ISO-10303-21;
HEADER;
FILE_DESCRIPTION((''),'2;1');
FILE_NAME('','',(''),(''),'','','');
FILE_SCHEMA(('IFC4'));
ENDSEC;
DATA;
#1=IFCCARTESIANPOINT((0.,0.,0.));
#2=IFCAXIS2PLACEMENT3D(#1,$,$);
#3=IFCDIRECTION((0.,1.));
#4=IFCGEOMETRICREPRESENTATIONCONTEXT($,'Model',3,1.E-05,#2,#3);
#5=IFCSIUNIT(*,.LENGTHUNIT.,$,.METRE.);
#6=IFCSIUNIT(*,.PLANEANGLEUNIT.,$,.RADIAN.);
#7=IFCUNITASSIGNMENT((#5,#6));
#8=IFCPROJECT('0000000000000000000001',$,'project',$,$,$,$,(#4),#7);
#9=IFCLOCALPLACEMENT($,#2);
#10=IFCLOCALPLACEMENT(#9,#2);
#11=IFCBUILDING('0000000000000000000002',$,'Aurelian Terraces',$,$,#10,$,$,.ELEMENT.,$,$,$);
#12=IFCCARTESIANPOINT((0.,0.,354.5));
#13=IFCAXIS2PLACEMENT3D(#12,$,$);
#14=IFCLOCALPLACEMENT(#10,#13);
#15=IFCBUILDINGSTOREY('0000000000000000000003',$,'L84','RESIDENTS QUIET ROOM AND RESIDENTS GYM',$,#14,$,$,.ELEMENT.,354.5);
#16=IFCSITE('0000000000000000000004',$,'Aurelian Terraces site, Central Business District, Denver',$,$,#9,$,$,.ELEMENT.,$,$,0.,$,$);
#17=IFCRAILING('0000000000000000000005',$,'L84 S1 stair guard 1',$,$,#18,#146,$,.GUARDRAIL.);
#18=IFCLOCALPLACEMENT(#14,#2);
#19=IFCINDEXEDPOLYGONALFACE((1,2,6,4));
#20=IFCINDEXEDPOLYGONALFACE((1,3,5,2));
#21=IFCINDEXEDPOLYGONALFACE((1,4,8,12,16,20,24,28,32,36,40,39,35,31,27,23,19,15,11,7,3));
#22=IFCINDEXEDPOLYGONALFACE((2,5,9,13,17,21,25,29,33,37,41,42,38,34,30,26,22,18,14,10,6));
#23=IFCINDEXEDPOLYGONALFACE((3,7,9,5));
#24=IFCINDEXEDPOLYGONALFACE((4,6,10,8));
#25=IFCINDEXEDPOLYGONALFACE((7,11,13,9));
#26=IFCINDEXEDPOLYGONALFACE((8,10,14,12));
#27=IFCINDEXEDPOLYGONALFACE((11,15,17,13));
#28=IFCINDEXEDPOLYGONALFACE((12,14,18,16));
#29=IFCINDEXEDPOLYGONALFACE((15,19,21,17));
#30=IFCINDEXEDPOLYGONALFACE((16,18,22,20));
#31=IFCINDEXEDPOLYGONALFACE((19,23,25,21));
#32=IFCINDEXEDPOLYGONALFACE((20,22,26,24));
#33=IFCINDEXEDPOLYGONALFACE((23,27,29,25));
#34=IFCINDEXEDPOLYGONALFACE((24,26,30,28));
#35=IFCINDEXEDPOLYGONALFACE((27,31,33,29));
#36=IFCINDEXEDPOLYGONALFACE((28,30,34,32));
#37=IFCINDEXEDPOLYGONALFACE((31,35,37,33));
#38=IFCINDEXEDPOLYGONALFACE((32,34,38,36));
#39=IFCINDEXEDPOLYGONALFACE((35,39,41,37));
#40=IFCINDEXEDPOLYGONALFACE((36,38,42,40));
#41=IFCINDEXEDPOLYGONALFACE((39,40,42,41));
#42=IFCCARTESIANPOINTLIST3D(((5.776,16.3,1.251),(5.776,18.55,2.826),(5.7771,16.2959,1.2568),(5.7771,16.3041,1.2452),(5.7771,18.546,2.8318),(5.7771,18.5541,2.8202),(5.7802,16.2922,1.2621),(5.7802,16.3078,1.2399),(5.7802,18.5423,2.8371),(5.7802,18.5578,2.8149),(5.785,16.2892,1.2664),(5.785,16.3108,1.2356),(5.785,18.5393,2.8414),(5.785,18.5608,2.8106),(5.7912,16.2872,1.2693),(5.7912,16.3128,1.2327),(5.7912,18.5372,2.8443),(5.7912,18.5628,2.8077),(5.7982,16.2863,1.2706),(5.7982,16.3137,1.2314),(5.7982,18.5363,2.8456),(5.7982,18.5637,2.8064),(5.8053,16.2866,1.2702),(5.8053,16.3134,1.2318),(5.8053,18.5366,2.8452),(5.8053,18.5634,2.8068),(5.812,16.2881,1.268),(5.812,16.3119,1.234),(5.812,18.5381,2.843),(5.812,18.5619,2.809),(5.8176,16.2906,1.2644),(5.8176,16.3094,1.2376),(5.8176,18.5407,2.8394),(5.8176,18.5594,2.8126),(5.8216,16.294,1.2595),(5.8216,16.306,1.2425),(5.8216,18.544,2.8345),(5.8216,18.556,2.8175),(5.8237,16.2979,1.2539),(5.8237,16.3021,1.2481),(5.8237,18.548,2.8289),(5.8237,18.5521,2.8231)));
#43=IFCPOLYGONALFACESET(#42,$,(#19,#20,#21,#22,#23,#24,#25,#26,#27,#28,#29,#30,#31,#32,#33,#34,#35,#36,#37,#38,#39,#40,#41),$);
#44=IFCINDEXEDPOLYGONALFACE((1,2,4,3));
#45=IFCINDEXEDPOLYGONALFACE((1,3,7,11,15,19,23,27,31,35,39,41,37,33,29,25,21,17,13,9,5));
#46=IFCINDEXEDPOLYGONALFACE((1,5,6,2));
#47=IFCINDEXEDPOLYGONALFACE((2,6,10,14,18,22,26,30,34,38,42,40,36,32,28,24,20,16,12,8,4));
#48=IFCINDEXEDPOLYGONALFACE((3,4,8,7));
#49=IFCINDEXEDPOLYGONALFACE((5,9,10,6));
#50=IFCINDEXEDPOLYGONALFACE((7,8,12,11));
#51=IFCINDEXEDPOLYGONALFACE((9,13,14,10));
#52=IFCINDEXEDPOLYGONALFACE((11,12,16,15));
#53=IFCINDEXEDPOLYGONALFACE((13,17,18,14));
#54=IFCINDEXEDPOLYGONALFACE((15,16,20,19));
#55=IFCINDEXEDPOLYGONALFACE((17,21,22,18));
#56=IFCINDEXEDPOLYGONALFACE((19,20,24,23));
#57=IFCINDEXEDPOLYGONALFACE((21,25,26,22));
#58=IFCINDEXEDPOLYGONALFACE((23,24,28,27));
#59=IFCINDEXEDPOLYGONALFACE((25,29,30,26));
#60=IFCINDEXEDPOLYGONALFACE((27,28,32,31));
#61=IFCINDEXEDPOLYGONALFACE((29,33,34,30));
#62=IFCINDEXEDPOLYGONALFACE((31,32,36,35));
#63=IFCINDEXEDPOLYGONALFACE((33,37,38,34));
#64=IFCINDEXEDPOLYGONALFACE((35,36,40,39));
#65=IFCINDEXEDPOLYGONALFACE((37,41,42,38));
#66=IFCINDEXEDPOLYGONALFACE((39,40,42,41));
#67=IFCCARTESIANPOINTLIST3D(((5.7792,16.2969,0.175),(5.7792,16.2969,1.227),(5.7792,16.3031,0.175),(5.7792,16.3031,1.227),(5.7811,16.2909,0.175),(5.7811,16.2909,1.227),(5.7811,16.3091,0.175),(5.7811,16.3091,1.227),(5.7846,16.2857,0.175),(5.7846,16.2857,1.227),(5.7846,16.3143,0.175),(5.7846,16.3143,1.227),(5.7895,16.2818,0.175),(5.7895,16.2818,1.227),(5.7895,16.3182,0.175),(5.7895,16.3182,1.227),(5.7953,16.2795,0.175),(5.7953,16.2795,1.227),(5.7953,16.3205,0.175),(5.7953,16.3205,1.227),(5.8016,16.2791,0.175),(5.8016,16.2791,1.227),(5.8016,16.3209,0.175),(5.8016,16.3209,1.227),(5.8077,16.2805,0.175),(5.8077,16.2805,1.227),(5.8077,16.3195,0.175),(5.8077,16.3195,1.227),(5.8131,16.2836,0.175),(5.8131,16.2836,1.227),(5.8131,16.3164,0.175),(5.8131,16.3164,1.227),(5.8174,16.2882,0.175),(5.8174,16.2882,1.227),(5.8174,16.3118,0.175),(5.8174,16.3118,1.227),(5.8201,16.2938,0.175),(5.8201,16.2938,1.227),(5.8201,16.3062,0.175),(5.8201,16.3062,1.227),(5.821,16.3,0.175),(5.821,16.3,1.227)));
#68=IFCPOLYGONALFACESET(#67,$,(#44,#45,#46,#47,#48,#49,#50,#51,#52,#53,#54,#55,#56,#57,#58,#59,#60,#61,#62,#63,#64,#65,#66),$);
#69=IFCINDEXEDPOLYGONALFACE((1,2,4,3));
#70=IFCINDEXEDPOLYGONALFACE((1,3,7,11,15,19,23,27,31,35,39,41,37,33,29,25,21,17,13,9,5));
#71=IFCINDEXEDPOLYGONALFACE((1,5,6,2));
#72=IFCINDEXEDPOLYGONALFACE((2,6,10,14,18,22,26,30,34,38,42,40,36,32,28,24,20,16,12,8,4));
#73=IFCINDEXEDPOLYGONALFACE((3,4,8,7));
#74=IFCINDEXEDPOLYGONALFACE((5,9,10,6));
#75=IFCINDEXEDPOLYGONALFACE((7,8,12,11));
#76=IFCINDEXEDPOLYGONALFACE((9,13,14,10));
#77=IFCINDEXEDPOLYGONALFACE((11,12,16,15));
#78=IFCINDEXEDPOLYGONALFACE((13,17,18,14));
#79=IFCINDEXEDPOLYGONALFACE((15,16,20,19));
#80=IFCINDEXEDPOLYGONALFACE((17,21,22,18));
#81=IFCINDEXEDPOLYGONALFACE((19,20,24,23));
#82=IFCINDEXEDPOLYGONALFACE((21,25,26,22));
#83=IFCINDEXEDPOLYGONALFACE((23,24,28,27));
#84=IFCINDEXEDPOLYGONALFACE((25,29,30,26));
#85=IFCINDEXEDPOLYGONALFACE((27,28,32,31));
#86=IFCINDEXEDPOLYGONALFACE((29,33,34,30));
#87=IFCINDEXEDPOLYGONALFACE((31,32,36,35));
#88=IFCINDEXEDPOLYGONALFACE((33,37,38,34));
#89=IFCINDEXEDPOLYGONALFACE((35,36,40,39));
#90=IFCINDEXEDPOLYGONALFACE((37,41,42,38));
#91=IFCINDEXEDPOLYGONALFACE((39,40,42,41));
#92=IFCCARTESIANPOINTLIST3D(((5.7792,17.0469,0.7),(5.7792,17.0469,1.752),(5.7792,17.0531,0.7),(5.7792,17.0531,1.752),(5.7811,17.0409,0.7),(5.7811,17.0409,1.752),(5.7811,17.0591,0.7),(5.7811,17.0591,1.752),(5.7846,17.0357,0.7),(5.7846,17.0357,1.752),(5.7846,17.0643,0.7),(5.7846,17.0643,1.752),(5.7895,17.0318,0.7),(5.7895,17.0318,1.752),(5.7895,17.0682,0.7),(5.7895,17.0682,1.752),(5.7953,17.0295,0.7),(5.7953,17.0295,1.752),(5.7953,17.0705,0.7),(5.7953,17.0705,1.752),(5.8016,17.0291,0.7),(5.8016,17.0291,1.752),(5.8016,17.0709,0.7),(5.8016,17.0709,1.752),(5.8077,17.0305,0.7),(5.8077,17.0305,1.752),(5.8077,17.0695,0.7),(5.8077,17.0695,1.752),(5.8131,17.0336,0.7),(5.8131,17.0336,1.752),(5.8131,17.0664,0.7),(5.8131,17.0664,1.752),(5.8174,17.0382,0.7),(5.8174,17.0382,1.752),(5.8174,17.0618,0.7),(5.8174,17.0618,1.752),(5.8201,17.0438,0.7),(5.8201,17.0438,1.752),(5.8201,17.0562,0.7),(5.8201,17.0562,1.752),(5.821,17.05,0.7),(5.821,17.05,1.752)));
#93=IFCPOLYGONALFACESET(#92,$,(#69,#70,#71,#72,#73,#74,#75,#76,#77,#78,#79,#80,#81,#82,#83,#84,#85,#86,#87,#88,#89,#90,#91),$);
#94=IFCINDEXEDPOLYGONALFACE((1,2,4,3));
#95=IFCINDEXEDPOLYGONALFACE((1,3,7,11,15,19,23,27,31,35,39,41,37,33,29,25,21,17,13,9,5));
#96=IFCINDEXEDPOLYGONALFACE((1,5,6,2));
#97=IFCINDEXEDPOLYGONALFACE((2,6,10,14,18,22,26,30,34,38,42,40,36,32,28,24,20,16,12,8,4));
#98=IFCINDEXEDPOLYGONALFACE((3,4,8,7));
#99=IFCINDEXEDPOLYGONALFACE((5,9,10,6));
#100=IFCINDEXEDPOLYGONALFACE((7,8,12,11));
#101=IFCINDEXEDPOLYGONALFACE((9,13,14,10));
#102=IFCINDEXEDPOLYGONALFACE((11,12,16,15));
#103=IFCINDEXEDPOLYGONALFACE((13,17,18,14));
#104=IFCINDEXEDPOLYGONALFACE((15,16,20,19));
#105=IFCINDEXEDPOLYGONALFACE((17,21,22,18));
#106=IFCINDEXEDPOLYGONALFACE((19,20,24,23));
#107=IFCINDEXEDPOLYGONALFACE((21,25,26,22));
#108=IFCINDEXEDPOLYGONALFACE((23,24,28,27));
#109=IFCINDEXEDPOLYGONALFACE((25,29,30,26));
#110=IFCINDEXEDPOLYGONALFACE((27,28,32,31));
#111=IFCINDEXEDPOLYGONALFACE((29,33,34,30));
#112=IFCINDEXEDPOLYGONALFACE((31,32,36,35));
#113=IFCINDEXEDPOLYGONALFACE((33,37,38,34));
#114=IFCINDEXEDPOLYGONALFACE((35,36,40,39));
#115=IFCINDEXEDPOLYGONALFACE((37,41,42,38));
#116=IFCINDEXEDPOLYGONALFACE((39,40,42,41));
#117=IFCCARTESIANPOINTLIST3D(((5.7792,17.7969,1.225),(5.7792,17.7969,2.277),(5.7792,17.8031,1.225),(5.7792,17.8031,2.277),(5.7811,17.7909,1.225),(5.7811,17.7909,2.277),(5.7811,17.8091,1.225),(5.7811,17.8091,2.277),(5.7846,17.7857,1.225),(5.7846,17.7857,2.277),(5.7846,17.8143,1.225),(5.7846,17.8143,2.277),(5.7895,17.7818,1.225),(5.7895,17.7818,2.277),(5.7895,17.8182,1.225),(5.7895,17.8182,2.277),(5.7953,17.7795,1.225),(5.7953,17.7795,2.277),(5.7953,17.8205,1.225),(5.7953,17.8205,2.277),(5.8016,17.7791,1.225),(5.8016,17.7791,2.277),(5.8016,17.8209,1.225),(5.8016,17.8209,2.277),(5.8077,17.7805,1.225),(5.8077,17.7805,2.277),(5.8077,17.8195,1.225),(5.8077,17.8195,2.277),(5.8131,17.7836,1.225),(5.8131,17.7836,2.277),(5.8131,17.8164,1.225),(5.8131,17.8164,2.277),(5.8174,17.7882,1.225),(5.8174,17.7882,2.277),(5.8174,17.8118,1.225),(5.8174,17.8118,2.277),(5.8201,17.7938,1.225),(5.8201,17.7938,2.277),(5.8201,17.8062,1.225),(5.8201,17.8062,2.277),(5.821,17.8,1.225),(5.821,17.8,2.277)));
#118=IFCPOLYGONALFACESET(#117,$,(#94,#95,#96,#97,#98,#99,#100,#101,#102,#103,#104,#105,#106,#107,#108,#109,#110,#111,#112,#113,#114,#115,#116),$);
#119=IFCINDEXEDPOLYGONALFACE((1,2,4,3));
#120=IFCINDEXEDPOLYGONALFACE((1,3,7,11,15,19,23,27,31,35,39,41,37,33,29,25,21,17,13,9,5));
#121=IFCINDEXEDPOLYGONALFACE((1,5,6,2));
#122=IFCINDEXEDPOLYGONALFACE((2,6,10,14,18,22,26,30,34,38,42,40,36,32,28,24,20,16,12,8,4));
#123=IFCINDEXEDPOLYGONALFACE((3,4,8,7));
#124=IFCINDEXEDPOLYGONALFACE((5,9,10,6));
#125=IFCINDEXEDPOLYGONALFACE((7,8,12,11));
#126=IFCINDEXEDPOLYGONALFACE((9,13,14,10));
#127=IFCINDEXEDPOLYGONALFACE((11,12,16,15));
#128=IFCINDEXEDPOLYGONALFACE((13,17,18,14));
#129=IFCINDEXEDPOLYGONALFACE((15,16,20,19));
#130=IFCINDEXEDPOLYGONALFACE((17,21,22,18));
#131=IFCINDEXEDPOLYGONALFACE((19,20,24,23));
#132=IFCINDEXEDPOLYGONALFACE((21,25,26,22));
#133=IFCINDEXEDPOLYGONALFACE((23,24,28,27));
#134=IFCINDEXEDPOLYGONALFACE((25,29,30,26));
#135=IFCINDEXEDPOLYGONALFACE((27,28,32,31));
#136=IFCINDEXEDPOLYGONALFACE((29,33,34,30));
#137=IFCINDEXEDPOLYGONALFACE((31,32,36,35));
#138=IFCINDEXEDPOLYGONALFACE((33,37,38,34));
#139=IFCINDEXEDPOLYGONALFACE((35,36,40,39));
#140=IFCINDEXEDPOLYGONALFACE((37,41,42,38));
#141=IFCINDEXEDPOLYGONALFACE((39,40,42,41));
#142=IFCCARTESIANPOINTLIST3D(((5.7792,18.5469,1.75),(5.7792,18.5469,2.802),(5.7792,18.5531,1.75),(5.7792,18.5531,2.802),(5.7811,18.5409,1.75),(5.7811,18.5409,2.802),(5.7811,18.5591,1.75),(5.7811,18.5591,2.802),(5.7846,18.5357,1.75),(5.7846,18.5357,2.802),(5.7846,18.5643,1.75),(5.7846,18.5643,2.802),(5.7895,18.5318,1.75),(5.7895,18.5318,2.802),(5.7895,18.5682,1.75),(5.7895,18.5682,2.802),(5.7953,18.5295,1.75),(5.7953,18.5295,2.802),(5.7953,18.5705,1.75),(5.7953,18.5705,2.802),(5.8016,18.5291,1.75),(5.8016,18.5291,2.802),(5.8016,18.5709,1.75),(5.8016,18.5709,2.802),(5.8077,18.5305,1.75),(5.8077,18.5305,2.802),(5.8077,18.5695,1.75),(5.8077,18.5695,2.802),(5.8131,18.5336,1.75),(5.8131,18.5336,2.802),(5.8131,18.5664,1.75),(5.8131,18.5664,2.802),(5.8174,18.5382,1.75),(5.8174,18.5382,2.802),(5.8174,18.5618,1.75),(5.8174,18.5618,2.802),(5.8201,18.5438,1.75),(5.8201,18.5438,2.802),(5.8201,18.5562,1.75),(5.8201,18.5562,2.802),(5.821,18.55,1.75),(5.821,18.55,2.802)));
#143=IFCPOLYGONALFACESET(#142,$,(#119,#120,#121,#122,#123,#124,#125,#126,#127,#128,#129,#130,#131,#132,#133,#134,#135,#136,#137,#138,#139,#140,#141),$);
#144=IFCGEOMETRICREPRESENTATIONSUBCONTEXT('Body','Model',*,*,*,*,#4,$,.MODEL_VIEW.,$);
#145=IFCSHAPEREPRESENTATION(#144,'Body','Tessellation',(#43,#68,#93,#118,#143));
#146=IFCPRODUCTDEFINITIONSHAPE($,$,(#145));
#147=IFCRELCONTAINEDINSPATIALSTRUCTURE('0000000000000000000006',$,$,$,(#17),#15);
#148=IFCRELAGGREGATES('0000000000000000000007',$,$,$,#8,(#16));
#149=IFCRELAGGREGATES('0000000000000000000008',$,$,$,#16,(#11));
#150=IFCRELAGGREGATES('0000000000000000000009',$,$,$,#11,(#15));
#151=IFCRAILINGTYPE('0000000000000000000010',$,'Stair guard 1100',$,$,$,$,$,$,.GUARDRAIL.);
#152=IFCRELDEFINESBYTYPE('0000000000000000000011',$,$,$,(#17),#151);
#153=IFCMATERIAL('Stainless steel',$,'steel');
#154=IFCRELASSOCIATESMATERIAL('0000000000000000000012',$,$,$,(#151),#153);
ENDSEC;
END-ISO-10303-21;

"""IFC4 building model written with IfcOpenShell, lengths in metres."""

from ifc_helpers import new_model, si_unit, direction, frame, origin, origin_2d, place, context, subcontext, project, spatial, circle, extrude, source, transform, mapped, material, type_object, element, save


model = new_model("IFC4")

# Units and contexts
model_context = context("Model", 3, precision=1e-05, world=origin(), true_north=direction((0.0, 1.0)))
body_context = subcontext(model_context, "Body", "Model", "MODEL_VIEW")
ifc_project = project(units=[si_unit("LENGTHUNIT", "METRE"), si_unit("PLANEANGLEUNIT", "RADIAN")], contexts=[model_context])

# Site, building, storey
site_placement = place(None, origin())
site = spatial("IfcSite", under=ifc_project, at=site_placement, Name="Aurelian Terraces site, Central Business District, Denver", CompositionType="ELEMENT", RefElevation=0.0)
building_placement = place(site_placement, origin())
building = spatial("IfcBuilding", under=site, at=building_placement, Name="Aurelian Terraces", CompositionType="ELEMENT")
storey_placement = place(building_placement, frame((0.0, 0.0, 354.5)))
storey = spatial("IfcBuildingStorey", under=building, at=storey_placement, Name="L84", Description="RESIDENTS QUIET ROOM AND RESIDENTS GYM", CompositionType="ELEMENT", Elevation=354.5)

# Shared definitions
ifc_material_1 = material(Name="Stainless steel", Category="steel")

# Railing
railing_type_1 = type_object("IfcRailingType", Name="Stair guard 1100", PredefinedType="GUARDRAIL", material=ifc_material_1)
shared_shape_1 = source(origin(), body_context, "Body", "SweptSolid", [
    extrude(circle(Radius=0.024, at=origin_2d()), frame((0.0, 0.0, 1.076), z_axis=(0.0, 0.819232, 0.573462), x_axis=(-1.0, 0.0, 0.0)), (0.0, 0.0, 1.0), 2.7465),
    extrude(circle(Radius=0.021, at=origin_2d()), origin(), (0.0, 0.0, 1.0), 1.052),
    extrude(circle(Radius=0.021, at=origin_2d()), frame((0.0, 0.75, 0.525)), (0.0, 0.0, 1.0), 1.052),
    extrude(circle(Radius=0.021, at=origin_2d()), frame((0.0, 1.5, 1.05)), (0.0, 0.0, 1.0), 1.052),
    extrude(circle(Radius=0.021, at=origin_2d()), frame((0.0, 2.25, 1.575)), (0.0, 0.0, 1.0), 1.052),
])
railing_1_placement = place(storey_placement, frame((5.8, 16.3, 0.175)))
element("IfcRailing", 1, at=railing_1_placement, inside=storey, type_object=railing_type_1, Name="L84 S1 stair guard 1", PredefinedType="GUARDRAIL", context=body_context, shape_type="MappedRepresentation", body=[
    mapped(shared_shape_1, transform((0.0, 0.0, 0.0), scale=1.0)),
])

save(model, "model.ifc")
